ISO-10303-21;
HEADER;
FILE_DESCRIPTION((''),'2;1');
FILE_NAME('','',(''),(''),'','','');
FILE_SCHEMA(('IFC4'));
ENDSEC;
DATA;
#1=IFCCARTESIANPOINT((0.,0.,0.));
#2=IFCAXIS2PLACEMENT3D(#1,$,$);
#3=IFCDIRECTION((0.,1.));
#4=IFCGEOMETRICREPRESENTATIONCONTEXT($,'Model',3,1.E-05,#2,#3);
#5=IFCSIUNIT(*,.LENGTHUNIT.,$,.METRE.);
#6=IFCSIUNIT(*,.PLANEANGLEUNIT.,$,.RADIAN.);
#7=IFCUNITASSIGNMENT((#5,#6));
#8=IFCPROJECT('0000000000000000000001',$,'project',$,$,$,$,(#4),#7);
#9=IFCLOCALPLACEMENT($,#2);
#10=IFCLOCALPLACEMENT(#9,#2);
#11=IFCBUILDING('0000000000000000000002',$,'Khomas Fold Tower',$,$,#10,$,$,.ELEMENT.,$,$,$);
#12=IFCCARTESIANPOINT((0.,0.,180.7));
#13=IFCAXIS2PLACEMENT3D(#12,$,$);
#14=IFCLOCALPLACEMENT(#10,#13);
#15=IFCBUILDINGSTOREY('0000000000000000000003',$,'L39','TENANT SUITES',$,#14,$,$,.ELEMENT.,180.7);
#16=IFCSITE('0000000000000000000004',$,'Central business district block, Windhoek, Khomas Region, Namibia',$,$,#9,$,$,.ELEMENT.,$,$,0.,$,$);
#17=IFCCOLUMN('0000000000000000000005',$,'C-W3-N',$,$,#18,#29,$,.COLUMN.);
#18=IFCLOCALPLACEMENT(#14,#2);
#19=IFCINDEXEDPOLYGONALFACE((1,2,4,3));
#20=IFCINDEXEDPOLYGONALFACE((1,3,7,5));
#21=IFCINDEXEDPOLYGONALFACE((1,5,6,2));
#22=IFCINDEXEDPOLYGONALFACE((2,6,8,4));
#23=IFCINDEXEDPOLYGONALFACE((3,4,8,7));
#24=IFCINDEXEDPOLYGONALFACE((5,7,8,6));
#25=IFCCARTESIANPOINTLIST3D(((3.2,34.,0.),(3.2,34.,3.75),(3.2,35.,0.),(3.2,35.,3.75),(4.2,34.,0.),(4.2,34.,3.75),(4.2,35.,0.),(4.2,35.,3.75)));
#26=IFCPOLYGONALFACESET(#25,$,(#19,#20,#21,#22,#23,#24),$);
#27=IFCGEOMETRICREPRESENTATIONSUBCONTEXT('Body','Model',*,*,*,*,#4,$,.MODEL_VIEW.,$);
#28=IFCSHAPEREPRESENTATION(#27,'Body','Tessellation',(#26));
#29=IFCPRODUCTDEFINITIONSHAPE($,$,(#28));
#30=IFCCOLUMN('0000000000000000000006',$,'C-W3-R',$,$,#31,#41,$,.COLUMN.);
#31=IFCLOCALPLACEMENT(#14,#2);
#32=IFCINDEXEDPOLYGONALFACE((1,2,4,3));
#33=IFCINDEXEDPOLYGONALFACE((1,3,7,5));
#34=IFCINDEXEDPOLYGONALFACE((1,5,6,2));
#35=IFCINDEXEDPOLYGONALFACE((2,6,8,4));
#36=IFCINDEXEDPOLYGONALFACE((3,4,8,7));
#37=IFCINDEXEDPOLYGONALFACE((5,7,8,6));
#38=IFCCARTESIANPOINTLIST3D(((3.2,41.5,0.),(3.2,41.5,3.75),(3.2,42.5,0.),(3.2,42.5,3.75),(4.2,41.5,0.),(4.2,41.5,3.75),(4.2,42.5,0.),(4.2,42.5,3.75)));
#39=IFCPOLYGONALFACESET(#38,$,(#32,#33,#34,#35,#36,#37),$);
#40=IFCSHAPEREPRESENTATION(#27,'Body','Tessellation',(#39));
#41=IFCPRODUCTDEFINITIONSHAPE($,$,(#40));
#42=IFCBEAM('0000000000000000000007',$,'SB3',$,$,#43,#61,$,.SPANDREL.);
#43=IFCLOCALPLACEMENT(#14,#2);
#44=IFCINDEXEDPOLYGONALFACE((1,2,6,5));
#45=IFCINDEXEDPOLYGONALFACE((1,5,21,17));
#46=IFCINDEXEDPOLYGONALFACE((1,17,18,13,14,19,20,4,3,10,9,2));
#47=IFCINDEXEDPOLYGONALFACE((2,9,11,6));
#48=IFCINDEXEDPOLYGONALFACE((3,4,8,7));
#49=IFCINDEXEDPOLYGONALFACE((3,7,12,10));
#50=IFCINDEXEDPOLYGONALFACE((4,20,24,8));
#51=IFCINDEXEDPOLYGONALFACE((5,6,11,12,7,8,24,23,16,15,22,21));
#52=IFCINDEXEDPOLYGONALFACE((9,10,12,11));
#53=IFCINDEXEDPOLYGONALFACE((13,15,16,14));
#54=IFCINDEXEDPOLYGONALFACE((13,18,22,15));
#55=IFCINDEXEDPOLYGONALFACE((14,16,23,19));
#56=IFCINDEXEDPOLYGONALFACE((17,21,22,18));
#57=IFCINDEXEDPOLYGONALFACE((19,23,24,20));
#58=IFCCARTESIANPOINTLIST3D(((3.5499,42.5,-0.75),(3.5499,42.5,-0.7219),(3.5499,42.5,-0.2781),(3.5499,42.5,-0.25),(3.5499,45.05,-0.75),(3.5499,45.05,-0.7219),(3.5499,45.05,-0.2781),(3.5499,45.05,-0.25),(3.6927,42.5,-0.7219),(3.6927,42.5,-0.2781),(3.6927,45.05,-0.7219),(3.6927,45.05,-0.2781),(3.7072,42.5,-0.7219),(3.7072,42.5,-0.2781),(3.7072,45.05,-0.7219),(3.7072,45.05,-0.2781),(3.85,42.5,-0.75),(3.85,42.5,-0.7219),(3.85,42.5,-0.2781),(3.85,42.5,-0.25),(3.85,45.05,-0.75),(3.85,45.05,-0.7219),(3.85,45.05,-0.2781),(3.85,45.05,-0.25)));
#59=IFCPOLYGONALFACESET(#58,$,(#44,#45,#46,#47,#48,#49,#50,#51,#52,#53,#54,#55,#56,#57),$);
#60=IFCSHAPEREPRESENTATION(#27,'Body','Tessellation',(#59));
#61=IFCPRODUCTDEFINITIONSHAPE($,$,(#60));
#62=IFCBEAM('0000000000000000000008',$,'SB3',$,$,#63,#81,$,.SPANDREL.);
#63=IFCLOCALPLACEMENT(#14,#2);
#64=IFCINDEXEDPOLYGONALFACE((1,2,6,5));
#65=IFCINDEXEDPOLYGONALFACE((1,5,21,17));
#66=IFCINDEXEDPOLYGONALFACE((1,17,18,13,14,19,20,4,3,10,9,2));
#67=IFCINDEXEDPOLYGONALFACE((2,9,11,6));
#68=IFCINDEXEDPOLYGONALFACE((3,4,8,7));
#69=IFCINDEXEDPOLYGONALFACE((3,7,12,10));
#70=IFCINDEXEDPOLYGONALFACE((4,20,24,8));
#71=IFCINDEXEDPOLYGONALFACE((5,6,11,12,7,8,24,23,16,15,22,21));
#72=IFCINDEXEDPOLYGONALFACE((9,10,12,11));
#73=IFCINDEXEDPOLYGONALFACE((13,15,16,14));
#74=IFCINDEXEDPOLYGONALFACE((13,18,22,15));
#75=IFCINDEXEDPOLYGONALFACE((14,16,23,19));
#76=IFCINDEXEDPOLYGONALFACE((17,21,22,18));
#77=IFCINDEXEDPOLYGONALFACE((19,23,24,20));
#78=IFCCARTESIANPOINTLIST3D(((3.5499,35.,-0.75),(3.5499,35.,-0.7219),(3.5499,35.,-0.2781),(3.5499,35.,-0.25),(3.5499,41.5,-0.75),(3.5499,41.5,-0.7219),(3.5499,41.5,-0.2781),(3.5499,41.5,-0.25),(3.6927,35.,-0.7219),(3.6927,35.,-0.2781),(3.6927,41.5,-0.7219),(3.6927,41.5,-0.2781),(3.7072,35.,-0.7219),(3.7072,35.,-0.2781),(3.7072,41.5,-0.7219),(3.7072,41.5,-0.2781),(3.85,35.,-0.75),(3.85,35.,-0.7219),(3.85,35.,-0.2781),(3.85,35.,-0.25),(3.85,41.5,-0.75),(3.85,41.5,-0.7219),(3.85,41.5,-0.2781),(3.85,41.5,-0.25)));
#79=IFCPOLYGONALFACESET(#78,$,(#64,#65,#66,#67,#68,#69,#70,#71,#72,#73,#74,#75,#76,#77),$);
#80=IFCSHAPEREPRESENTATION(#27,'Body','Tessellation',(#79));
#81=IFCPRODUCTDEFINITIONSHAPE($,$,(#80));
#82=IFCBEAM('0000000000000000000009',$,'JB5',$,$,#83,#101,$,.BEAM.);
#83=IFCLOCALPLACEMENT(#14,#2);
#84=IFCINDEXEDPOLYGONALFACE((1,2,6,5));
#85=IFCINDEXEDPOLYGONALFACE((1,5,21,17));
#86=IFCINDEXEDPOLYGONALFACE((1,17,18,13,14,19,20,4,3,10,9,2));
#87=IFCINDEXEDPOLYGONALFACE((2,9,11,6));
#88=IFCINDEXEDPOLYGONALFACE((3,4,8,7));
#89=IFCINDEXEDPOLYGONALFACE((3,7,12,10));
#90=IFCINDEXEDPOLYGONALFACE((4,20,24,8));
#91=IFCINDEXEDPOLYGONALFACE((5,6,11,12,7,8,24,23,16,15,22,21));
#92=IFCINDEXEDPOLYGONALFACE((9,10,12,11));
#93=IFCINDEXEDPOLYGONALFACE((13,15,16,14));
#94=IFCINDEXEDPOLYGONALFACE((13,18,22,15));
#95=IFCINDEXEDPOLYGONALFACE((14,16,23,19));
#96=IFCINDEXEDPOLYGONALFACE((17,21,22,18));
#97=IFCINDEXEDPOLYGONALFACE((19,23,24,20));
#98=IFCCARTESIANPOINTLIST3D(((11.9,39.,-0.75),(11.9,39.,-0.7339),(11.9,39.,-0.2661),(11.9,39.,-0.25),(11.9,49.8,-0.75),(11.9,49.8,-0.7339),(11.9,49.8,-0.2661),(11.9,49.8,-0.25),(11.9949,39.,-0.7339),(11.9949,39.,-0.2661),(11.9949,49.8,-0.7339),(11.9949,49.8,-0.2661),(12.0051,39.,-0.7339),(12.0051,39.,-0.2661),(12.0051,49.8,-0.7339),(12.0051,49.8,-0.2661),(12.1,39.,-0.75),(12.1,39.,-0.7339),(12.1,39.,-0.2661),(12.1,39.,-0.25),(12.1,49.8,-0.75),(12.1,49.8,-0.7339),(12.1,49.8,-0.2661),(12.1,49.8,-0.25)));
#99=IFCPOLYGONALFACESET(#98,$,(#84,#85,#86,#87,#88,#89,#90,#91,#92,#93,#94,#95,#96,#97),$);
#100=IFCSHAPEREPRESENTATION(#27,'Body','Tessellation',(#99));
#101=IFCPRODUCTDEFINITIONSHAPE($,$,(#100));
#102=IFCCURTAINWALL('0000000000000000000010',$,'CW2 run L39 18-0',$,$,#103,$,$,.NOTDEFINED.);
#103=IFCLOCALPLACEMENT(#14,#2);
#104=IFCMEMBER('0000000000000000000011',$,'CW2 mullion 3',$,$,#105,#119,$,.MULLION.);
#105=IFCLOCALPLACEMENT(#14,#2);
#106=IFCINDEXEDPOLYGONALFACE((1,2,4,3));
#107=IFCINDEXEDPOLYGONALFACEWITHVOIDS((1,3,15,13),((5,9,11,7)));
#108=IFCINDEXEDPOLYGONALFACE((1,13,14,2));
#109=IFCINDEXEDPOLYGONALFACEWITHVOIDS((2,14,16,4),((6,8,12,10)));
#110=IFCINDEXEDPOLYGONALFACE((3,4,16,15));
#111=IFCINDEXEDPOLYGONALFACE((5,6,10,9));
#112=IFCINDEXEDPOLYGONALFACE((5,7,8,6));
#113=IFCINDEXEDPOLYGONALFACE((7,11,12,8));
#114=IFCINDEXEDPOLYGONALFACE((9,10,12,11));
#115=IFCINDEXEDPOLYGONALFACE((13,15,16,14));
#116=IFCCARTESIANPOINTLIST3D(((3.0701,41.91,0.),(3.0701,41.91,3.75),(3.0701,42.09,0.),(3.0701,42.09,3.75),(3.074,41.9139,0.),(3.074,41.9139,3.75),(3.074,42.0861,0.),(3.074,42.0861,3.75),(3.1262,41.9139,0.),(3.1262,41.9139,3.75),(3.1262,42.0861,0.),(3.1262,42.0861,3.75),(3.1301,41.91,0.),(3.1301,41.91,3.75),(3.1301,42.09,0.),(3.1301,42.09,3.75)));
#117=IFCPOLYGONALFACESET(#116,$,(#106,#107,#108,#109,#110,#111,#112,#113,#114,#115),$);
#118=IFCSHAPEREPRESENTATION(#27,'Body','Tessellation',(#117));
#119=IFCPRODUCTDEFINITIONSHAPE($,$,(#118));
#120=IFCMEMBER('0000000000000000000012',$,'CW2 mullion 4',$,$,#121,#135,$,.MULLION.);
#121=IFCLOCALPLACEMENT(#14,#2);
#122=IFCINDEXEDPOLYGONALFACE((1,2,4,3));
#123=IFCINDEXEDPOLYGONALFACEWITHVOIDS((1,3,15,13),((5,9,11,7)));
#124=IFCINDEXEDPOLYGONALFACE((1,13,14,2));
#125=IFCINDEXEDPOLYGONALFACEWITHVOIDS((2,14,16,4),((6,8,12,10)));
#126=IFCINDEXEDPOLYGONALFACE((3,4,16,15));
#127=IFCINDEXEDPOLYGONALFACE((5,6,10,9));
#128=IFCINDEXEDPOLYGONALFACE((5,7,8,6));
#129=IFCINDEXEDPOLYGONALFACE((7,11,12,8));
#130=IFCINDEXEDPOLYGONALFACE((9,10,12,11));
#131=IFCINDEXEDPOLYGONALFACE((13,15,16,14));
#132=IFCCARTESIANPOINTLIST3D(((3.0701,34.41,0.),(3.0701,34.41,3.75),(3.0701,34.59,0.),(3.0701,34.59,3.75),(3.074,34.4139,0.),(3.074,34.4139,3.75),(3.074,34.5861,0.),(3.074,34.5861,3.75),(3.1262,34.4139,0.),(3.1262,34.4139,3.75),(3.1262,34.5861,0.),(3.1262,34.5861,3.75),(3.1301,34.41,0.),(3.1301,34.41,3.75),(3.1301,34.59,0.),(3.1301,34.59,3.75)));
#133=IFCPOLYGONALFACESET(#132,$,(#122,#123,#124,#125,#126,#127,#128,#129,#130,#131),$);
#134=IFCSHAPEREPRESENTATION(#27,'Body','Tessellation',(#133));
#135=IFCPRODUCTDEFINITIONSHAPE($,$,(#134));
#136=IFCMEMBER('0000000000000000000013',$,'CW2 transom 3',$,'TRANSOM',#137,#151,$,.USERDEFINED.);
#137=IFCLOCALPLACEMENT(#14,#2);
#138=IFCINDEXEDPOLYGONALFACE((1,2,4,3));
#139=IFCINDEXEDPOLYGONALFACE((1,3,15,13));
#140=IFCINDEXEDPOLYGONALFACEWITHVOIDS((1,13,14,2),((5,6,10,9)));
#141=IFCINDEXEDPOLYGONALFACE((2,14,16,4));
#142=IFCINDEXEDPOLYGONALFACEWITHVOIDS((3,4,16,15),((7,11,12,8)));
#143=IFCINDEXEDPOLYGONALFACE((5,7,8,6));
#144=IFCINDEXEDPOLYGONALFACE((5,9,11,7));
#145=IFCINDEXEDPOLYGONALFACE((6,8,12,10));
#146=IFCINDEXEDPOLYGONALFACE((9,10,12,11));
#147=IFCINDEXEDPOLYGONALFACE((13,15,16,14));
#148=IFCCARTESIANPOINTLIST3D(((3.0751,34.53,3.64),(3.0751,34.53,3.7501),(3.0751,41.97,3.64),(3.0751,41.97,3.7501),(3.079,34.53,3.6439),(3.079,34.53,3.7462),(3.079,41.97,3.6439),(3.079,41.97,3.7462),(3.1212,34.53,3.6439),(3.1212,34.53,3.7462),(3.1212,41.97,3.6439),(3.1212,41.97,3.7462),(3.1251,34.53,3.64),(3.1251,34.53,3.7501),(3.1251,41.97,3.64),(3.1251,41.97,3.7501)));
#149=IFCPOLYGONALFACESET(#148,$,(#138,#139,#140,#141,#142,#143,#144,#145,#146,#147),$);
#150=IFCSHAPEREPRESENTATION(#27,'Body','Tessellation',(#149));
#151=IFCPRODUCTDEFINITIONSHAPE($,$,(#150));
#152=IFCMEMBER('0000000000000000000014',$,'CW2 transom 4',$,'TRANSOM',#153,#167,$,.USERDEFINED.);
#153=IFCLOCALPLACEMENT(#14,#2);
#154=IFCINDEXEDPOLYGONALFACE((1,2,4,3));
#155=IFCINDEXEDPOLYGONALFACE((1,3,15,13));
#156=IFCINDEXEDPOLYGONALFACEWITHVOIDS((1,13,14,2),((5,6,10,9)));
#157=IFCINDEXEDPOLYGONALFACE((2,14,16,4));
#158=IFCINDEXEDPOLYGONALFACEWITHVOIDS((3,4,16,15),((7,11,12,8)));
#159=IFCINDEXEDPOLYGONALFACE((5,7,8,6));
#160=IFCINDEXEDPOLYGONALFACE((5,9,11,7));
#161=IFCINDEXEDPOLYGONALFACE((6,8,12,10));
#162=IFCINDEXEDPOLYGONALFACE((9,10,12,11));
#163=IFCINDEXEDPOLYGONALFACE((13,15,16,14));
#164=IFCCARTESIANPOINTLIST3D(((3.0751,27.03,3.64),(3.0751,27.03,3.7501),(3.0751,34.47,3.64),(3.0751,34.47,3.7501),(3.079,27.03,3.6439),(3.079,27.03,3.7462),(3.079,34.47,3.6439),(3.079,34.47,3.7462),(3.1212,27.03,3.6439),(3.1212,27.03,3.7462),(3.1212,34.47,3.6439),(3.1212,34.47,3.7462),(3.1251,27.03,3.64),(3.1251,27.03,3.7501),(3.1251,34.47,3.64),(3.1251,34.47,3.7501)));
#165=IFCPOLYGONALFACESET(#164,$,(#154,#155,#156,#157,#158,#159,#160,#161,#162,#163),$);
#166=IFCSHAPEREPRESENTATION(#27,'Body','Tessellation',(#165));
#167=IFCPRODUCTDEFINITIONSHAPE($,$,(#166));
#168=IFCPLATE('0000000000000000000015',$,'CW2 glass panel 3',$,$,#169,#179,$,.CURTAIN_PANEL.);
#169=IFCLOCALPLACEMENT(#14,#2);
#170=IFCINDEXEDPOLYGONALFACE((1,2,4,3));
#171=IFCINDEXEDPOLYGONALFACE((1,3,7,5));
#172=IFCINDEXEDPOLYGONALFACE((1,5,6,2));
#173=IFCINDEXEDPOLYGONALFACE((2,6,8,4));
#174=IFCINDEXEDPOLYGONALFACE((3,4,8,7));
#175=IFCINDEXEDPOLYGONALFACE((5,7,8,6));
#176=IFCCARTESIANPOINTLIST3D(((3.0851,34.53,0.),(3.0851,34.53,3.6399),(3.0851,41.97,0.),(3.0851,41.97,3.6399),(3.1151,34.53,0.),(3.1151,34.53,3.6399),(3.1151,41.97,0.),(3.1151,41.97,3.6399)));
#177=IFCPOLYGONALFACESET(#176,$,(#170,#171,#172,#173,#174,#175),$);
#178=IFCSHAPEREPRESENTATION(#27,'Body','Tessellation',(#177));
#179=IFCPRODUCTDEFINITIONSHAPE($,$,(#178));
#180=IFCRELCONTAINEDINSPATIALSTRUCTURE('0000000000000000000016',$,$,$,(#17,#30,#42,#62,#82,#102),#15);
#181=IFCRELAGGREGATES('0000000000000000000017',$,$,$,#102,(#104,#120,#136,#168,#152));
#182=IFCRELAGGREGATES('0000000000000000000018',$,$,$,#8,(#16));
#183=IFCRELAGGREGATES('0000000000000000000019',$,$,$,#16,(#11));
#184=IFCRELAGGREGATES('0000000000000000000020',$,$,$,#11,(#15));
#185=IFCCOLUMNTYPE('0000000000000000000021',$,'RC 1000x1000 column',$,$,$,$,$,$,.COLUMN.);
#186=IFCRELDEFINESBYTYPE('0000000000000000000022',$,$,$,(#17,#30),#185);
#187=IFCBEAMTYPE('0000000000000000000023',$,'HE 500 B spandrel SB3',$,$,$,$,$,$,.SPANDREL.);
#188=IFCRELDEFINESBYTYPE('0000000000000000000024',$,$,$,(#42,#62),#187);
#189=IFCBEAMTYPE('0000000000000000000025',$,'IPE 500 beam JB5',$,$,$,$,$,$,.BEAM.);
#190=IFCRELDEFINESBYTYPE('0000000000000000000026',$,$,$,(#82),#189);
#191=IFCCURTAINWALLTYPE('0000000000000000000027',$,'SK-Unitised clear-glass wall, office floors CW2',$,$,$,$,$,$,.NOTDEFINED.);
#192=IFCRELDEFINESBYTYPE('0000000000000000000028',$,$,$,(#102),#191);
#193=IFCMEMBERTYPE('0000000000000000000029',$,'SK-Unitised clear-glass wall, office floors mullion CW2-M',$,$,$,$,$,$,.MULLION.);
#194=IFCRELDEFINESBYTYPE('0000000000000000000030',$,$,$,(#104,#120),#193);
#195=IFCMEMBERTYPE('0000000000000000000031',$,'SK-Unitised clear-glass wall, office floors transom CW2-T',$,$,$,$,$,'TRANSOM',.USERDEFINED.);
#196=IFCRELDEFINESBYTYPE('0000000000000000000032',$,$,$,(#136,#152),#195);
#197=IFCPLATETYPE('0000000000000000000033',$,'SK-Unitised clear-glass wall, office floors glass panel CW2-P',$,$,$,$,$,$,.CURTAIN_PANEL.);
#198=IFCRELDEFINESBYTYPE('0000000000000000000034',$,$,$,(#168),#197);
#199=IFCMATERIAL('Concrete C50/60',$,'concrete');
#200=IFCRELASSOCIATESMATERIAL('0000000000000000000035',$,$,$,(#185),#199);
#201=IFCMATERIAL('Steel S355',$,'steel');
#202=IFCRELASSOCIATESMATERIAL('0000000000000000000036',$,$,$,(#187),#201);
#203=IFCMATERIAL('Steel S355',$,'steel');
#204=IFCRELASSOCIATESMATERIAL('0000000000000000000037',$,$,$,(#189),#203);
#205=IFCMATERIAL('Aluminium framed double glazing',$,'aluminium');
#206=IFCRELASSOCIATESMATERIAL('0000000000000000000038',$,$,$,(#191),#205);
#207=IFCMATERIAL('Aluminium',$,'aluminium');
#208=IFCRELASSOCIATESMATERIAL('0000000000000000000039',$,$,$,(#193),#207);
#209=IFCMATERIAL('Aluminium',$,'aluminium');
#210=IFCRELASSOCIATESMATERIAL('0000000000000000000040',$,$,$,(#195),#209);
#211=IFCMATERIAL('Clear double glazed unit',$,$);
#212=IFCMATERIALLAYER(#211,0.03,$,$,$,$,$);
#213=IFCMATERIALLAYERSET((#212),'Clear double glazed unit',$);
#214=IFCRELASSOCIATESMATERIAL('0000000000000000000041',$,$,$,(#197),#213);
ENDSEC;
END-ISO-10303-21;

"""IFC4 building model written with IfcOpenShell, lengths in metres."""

from ifc_helpers import new_model, si_unit, direction, frame, origin, origin_2d, place, context, subcontext, project, spatial, rectangle, hollow_rectangle, i_section, extrude, source, transform, mapped, material, layer, layer_set, material_profile, profile_set, type_object, element, aggregate, save


model = new_model("IFC4")

# Units and contexts
model_context = context("Model", 3, precision=1e-05, world=origin(), true_north=direction((0.0, 1.0)))
body_context = subcontext(model_context, "Body", "Model", "MODEL_VIEW")
ifc_project = project(units=[si_unit("LENGTHUNIT", "METRE"), si_unit("PLANEANGLEUNIT", "RADIAN")], contexts=[model_context])

# Site, building, storey
site_placement = place(None, origin())
site = spatial("IfcSite", under=ifc_project, at=site_placement, Name="Central business district block, Windhoek, Khomas Region, Namibia", CompositionType="ELEMENT", RefElevation=0.0)
building_placement = place(site_placement, origin())
building = spatial("IfcBuilding", under=site, at=building_placement, Name="Khomas Fold Tower", CompositionType="ELEMENT")
storey_placement = place(building_placement, frame((0.0, 0.0, 180.7)))
storey = spatial("IfcBuildingStorey", under=building, at=storey_placement, Name="L39", Description="TENANT SUITES", CompositionType="ELEMENT", Elevation=180.7)

# Columns
ifc_material_1 = material(Name="Concrete C50/60", Category="concrete")
ifc_material_profile_1 = material_profile(ifc_material_1, rectangle(XDim=1.0, YDim=1.0, at=origin_2d()), Name="RC 1000x1000")
ifc_profile_set_1 = profile_set([ifc_material_profile_1], Name="Concrete C50/60")
column_type = type_object("IfcColumnType", Name="RC 1000x1000 column", PredefinedType="COLUMN", material=ifc_profile_set_1)
shared_shape_1 = source(origin(), body_context, "Body", "SweptSolid", [
    extrude(rectangle(XDim=1.0, YDim=1.0, at=origin_2d()), origin(), (0.0, 0.0, 1.0), 3.75),
])
for number, where, z_axis, x_axis, name in (
    (1, (3.7, 34.5, 0.0), (0.0, 0.0, 1.0), (1.0, 0.0, 0.0), "C-W3-N"),
    (2, (3.7, 42.0, 0.0), (0.0, 0.0, 1.0), (1.0, 0.0, 0.0), "C-W3-R"),
):
    element("IfcColumn", number, at=place(storey_placement, frame(where, z_axis=z_axis, x_axis=x_axis)), inside=storey, type_object=column_type, Name=name, PredefinedType="COLUMN", context=body_context, shape_type="MappedRepresentation", body=[
        mapped(shared_shape_1, transform((0.0, 0.0, 0.0))),
    ])

# Beams
ifc_material_2 = material(Name="Steel S355", Category="steel")
ifc_material_profile_2 = material_profile(ifc_material_2, i_section(OverallWidth=0.3, OverallDepth=0.5, WebThickness=0.0144, FlangeThickness=0.0281, at=origin_2d()), Name="HE 500 B")
ifc_profile_set_2 = profile_set([ifc_material_profile_2], Name="Steel S355")
beam_type_1 = type_object("IfcBeamType", Name="HE 500 B spandrel SB3", PredefinedType="SPANDREL", material=ifc_profile_set_2)
shared_shape_2 = source(origin(), body_context, "Body", "SweptSolid", [
    extrude(i_section(OverallWidth=0.3, OverallDepth=0.5, WebThickness=0.0144, FlangeThickness=0.0281, at=origin_2d()), origin(), (0.0, 0.0, 1.0), 2.55),
])
beam_1_placement = place(storey_placement, frame((3.7, 42.5, -0.5), z_axis=(0.0, 1.0, 0.0), x_axis=(-1.0, 0.0, 0.0)))
element("IfcBeam", 3, at=beam_1_placement, inside=storey, type_object=beam_type_1, Name="SB3", PredefinedType="SPANDREL", context=body_context, shape_type="MappedRepresentation", body=[
    mapped(shared_shape_2, transform((0.0, 0.0, 0.0))),
])
shared_shape_3 = source(origin(), body_context, "Body", "SweptSolid", [
    extrude(i_section(OverallWidth=0.3, OverallDepth=0.5, WebThickness=0.0144, FlangeThickness=0.0281, at=origin_2d()), origin(), (0.0, 0.0, 1.0), 6.5),
])
beam_2_placement = place(storey_placement, frame((3.7, 35.0, -0.5), z_axis=(0.0, 1.0, 0.0), x_axis=(-1.0, 0.0, 0.0)))
element("IfcBeam", 4, at=beam_2_placement, inside=storey, type_object=beam_type_1, Name="SB3", PredefinedType="SPANDREL", context=body_context, shape_type="MappedRepresentation", body=[
    mapped(shared_shape_3, transform((0.0, 0.0, 0.0))),
])
ifc_material_3 = material(Name="Steel S355", Category="steel")
ifc_material_profile_3 = material_profile(ifc_material_3, i_section(OverallWidth=0.2, OverallDepth=0.5, WebThickness=0.0103, FlangeThickness=0.0161, at=origin_2d()), Name="IPE 500")
ifc_profile_set_3 = profile_set([ifc_material_profile_3], Name="Steel S355")
beam_type_2 = type_object("IfcBeamType", Name="IPE 500 beam JB5", PredefinedType="BEAM", material=ifc_profile_set_3)
shared_shape_4 = source(origin(), body_context, "Body", "SweptSolid", [
    extrude(i_section(OverallWidth=0.2, OverallDepth=0.5, WebThickness=0.0103, FlangeThickness=0.0161, at=origin_2d()), origin(), (0.0, 0.0, 1.0), 10.8),
])
beam_3_placement = place(storey_placement, frame((12.0, 39.0, -0.5), z_axis=(0.0, 1.0, 0.0), x_axis=(-1.0, 0.0, 0.0)))
element("IfcBeam", 5, at=beam_3_placement, inside=storey, type_object=beam_type_2, Name="JB5", PredefinedType="BEAM", context=body_context, shape_type="MappedRepresentation", body=[
    mapped(shared_shape_4, transform((0.0, 0.0, 0.0))),
])

# Curtain wall, members, plate
ifc_material_4 = material(Name="Aluminium framed double glazing", Category="aluminium")
curtain_wall_type = type_object("IfcCurtainWallType", Name="SK-Unitised clear-glass wall, office floors CW2", PredefinedType="NOTDEFINED", material=ifc_material_4)
curtain_wall_placement = place(storey_placement, origin())
curtain_wall = element("IfcCurtainWall", 6, at=curtain_wall_placement, inside=storey, type_object=curtain_wall_type, Name="CW2 run L39 18-0", PredefinedType="NOTDEFINED")
ifc_material_5 = material(Name="Aluminium", Category="aluminium")
ifc_material_profile_4 = material_profile(ifc_material_5, hollow_rectangle(XDim=0.0601, YDim=0.1799, WallThickness=0.0039, at=origin_2d()), Name="SK-Unitised clear-glass wall, office floors mullion CW2-M")
ifc_profile_set_4 = profile_set([ifc_material_profile_4], Name="Aluminium")
member_type_1 = type_object("IfcMemberType", Name="SK-Unitised clear-glass wall, office floors mullion CW2-M", PredefinedType="MULLION", material=ifc_profile_set_4)
shared_shape_5 = source(origin(), body_context, "Body", "SweptSolid", [
    extrude(hollow_rectangle(XDim=0.0601, YDim=0.1799, WallThickness=0.0039, at=origin_2d()), origin(), (0.0, 0.0, 1.0), 3.75),
])
member_1_placement = place(storey_placement, frame((3.1001, 42.0, 0.0), z_axis=(0.0, 0.0, 1.0), x_axis=(1.0, 0.0, 0.0)))
member_1 = element("IfcMember", 7, at=member_1_placement, type_object=member_type_1, Name="CW2 mullion 3", PredefinedType="MULLION", context=body_context, shape_type="MappedRepresentation", body=[
    mapped(shared_shape_5, transform((0.0, 0.0, 0.0))),
])
member_2_placement = place(storey_placement, frame((3.1001, 34.5, 0.0), z_axis=(0.0, 0.0, 1.0), x_axis=(1.0, 0.0, 0.0)))
member_2 = element("IfcMember", 8, at=member_2_placement, type_object=member_type_1, Name="CW2 mullion 4", PredefinedType="MULLION", context=body_context, shape_type="MappedRepresentation", body=[
    mapped(shared_shape_5, transform((0.0, 0.0, 0.0))),
])
ifc_material_6 = material(Name="Aluminium", Category="aluminium")
ifc_material_profile_5 = material_profile(ifc_material_6, hollow_rectangle(XDim=0.05, YDim=0.1101, WallThickness=0.0039, at=origin_2d()), Name="SK-Unitised clear-glass wall, office floors transom CW2-T")
ifc_profile_set_5 = profile_set([ifc_material_profile_5], Name="Aluminium")
member_type_2 = type_object("IfcMemberType", Name="SK-Unitised clear-glass wall, office floors transom CW2-T", ElementType="TRANSOM", PredefinedType="USERDEFINED", material=ifc_profile_set_5)
shared_shape_6 = source(origin(), body_context, "Body", "SweptSolid", [
    extrude(hollow_rectangle(XDim=0.05, YDim=0.1101, WallThickness=0.0039, at=origin_2d()), origin(), (0.0, 0.0, 1.0), 7.4399),
])
member_3_placement = place(storey_placement, frame((3.1001, 41.97, 3.6951), z_axis=(0.0, -1.0, 0.0), x_axis=(1.0, 0.0, 0.0)))
member_3 = element("IfcMember", 9, at=member_3_placement, type_object=member_type_2, Name="CW2 transom 3", ObjectType="TRANSOM", PredefinedType="USERDEFINED", context=body_context, shape_type="MappedRepresentation", body=[
    mapped(shared_shape_6, transform((0.0, 0.0, 0.0))),
])
member_4_placement = place(storey_placement, frame((3.1001, 34.47, 3.6951), z_axis=(0.0, -1.0, 0.0), x_axis=(1.0, 0.0, 0.0)))
member_4 = element("IfcMember", 10, at=member_4_placement, type_object=member_type_2, Name="CW2 transom 4", ObjectType="TRANSOM", PredefinedType="USERDEFINED", context=body_context, shape_type="MappedRepresentation", body=[
    mapped(shared_shape_6, transform((0.0, 0.0, 0.0))),
])
ifc_material_7 = material(Name="Clear double glazed unit")
ifc_layer_1 = layer(ifc_material_7, 0.03)
ifc_layer_set_1 = layer_set([ifc_layer_1], Name="Clear double glazed unit")
plate_type = type_object("IfcPlateType", Name="SK-Unitised clear-glass wall, office floors glass panel CW2-P", PredefinedType="CURTAIN_PANEL", material=ifc_layer_set_1)
shared_shape_7 = source(origin(), body_context, "Body", "SweptSolid", [
    extrude(rectangle(XDim=7.4399, YDim=0.03, at=origin_2d()), origin(), (0.0, 0.0, 1.0), 3.6399),
])
plate_placement = place(storey_placement, frame((3.1001, 38.25, 0.0), z_axis=(0.0, 0.0, 1.0), x_axis=(0.0, -1.0, 0.0)))
plate = element("IfcPlate", 11, at=plate_placement, type_object=plate_type, Name="CW2 glass panel 3", PredefinedType="CURTAIN_PANEL", context=body_context, shape_type="MappedRepresentation", body=[
    mapped(shared_shape_7, transform((0.0, 0.0, 0.0))),
])
aggregate(curtain_wall, [member_1, member_2, member_3, plate, member_4])

save(model, "model.ifc")
